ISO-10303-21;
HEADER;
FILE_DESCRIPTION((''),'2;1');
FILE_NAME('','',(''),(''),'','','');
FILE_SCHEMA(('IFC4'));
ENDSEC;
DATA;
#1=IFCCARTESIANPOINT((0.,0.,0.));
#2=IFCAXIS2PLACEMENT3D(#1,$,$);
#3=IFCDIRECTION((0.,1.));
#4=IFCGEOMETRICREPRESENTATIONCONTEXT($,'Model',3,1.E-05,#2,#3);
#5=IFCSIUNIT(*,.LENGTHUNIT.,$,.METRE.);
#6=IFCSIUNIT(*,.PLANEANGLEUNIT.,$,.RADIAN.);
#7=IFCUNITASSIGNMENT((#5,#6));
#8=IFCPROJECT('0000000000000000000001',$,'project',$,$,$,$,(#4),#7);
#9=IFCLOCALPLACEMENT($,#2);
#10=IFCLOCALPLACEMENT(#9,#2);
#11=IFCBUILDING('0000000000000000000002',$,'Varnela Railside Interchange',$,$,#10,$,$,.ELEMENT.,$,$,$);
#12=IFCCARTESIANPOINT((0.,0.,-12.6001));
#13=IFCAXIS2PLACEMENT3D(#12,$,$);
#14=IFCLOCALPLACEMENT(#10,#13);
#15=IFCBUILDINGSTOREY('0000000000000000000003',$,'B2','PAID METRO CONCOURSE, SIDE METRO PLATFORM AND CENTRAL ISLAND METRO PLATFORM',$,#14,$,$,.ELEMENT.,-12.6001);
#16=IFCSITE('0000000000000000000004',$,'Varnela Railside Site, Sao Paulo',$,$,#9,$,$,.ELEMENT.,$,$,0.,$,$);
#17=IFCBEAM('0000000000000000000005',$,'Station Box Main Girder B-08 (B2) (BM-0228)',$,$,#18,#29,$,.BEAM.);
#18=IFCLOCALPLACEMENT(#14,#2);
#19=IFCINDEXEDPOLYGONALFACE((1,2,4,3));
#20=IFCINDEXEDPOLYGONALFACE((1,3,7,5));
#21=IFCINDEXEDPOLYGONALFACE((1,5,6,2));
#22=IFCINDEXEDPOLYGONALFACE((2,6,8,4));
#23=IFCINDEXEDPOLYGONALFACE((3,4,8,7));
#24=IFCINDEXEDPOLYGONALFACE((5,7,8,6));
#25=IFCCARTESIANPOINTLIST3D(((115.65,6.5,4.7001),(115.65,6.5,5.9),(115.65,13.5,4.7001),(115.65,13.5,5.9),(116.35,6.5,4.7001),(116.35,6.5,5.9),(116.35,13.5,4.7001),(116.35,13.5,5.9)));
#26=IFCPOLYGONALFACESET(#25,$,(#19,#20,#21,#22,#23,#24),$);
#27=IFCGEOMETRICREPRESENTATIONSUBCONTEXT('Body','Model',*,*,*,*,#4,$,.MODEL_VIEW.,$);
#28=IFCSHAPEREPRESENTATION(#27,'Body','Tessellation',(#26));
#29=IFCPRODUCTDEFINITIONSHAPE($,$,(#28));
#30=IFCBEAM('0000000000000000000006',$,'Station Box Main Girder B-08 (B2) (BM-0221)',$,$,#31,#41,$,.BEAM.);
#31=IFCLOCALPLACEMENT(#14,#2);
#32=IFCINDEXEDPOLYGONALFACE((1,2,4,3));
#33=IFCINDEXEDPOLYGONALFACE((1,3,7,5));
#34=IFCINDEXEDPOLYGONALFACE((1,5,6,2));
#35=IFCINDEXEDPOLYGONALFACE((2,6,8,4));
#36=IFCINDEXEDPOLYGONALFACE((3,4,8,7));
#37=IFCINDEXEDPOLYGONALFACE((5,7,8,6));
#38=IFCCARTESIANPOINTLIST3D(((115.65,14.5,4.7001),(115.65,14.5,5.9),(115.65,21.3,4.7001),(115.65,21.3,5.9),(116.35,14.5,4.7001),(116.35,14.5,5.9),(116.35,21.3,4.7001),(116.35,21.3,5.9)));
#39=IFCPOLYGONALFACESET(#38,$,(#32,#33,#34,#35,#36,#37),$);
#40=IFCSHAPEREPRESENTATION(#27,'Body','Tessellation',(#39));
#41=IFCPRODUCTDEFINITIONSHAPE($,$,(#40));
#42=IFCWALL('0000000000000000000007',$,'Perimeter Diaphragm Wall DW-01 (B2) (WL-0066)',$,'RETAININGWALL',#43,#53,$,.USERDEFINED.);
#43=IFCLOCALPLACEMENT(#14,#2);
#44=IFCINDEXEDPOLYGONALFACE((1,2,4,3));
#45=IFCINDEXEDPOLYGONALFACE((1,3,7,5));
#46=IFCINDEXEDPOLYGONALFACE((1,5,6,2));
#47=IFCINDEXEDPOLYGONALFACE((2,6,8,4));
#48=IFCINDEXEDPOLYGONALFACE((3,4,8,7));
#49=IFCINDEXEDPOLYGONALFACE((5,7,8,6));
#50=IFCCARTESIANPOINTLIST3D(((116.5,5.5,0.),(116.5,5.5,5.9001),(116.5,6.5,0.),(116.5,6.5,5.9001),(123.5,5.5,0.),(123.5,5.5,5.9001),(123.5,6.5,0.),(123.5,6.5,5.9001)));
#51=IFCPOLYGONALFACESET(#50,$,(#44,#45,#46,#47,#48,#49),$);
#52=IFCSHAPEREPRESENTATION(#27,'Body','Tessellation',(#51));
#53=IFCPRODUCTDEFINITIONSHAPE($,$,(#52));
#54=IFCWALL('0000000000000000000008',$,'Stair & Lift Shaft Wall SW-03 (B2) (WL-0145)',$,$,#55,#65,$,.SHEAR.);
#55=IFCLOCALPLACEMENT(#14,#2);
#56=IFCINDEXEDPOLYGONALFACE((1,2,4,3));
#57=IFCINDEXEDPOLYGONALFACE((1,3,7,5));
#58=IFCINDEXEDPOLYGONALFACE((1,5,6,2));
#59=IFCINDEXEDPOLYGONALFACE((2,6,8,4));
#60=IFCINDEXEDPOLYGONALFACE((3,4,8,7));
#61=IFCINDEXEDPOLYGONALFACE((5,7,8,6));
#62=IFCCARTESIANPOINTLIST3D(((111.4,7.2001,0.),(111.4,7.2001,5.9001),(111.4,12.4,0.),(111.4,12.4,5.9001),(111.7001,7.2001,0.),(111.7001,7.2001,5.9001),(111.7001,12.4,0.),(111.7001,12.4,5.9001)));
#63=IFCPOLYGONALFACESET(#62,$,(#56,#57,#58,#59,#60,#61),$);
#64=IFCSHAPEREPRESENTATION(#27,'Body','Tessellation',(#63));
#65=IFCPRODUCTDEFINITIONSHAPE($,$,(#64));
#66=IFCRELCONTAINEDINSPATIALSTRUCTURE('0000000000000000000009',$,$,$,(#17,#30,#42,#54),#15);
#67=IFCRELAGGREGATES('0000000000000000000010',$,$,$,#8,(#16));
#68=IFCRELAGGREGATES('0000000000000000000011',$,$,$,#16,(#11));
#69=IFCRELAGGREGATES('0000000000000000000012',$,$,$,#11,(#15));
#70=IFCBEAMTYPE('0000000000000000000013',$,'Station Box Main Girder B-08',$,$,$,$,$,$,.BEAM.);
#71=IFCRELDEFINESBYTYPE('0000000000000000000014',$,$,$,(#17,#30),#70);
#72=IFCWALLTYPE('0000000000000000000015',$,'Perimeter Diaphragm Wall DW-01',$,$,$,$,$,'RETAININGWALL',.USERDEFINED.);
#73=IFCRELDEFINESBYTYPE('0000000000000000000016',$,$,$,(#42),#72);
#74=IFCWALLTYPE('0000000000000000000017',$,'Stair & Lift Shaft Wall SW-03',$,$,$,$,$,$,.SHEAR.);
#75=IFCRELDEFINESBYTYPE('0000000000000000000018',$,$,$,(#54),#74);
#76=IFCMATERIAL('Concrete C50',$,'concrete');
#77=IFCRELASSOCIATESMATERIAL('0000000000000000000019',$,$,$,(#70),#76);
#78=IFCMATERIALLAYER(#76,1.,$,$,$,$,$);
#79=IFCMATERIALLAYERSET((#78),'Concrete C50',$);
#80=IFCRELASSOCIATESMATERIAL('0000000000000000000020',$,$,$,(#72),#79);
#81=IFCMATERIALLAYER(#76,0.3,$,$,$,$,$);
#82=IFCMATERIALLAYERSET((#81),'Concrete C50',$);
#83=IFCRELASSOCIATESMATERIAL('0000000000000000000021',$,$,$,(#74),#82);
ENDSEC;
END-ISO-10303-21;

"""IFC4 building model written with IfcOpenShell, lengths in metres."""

from ifc_helpers import new_model, si_unit, direction, frame, frame_2d, origin, origin_2d, place, context, subcontext, project, spatial, rectangle, extrude, material, layer, layer_set, material_profile, profile_set, type_object, element, save


model = new_model("IFC4")

# Units and contexts
model_context = context("Model", 3, precision=1e-05, world=origin(), true_north=direction((0.0, 1.0)))
body_context = subcontext(model_context, "Body", "Model", "MODEL_VIEW")
ifc_project = project(units=[si_unit("LENGTHUNIT", "METRE"), si_unit("PLANEANGLEUNIT", "RADIAN")], contexts=[model_context])

# Site, building, storey
site_placement = place(None, origin())
site = spatial("IfcSite", under=ifc_project, at=site_placement, Name="Varnela Railside Site, Sao Paulo", CompositionType="ELEMENT", RefElevation=0.0)
building_placement = place(site_placement, origin())
building = spatial("IfcBuilding", under=site, at=building_placement, Name="Varnela Railside Interchange", CompositionType="ELEMENT")
storey_placement = place(building_placement, frame((0.0, 0.0, -12.6001)))
storey = spatial("IfcBuildingStorey", under=building, at=storey_placement, Name="B2", Description="PAID METRO CONCOURSE, SIDE METRO PLATFORM AND CENTRAL ISLAND METRO PLATFORM", CompositionType="ELEMENT", Elevation=-12.6001)

# Shared definitions
ifc_material_1 = material(Name="Concrete C50", Category="concrete")

# Beams
ifc_material_profile_1 = material_profile(ifc_material_1, rectangle(XDim=0.7, YDim=1.2, at=origin_2d()), Name="RC 700x1200")
ifc_profile_set_1 = profile_set([ifc_material_profile_1], Name="Concrete C50")
beam_type_1 = type_object("IfcBeamType", Name="Station Box Main Girder B-08", PredefinedType="BEAM", material=ifc_profile_set_1)
beam_1_placement = place(storey_placement, frame((116.0, 6.5, 5.3), z_axis=(0.0, 1.0, 0.0), x_axis=(-1.0, 0.0, 0.0)))
element("IfcBeam", 1, at=beam_1_placement, inside=storey, type_object=beam_type_1, Name="Station Box Main Girder B-08 (B2) (BM-0228)", PredefinedType="BEAM", context=body_context, shape_type="SweptSolid", body=[
    extrude(rectangle(XDim=0.7, YDim=1.2, at=origin_2d()), origin(), (0.0, 0.0, 1.0), 7.0),
])
beam_2_placement = place(storey_placement, frame((116.0, 14.5, 5.3), z_axis=(0.0, 1.0, 0.0), x_axis=(-1.0, 0.0, 0.0)))
element("IfcBeam", 2, at=beam_2_placement, inside=storey, type_object=beam_type_1, Name="Station Box Main Girder B-08 (B2) (BM-0221)", PredefinedType="BEAM", context=body_context, shape_type="SweptSolid", body=[
    extrude(rectangle(XDim=0.7, YDim=1.2, at=origin_2d()), origin(), (0.0, 0.0, 1.0), 6.8),
])

# Walls
ifc_layer_1 = layer(ifc_material_1, 1.0)
ifc_layer_set_1 = layer_set([ifc_layer_1], Name="Concrete C50")
wall_type_1 = type_object("IfcWallType", Name="Perimeter Diaphragm Wall DW-01", ElementType="RETAININGWALL", PredefinedType="USERDEFINED", material=ifc_layer_set_1)
wall_1_placement = place(storey_placement, frame((116.5, 6.0, 0.0), z_axis=(0.0, 0.0, 1.0), x_axis=(1.0, 0.0, 0.0)))
element("IfcWall", 3, at=wall_1_placement, inside=storey, type_object=wall_type_1, Name="Perimeter Diaphragm Wall DW-01 (B2) (WL-0066)", ObjectType="RETAININGWALL", PredefinedType="USERDEFINED", context=body_context, shape_type="SweptSolid", body=[
    extrude(rectangle(XDim=7.0, YDim=1.0, at=frame_2d((3.5, 0.0))), origin(), (0.0, 0.0, 1.0), 5.9001),
])
ifc_layer_2 = layer(ifc_material_1, 0.3)
ifc_layer_set_2 = layer_set([ifc_layer_2], Name="Concrete C50")
wall_type_2 = type_object("IfcWallType", Name="Stair & Lift Shaft Wall SW-03", PredefinedType="SHEAR", material=ifc_layer_set_2)
wall_2_placement = place(storey_placement, frame((111.55, 7.2, 0.0), z_axis=(0.0, 0.0, 1.0), x_axis=(0.0, 1.0, 0.0)))
element("IfcWall", 4, at=wall_2_placement, inside=storey, type_object=wall_type_2, Name="Stair & Lift Shaft Wall SW-03 (B2) (WL-0145)", PredefinedType="SHEAR", context=body_context, shape_type="SweptSolid", body=[
    extrude(rectangle(XDim=5.2, YDim=0.3, at=frame_2d((2.6001, 0.0))), origin(), (0.0, 0.0, 1.0), 5.9001),
])

save(model, "model.ifc")
